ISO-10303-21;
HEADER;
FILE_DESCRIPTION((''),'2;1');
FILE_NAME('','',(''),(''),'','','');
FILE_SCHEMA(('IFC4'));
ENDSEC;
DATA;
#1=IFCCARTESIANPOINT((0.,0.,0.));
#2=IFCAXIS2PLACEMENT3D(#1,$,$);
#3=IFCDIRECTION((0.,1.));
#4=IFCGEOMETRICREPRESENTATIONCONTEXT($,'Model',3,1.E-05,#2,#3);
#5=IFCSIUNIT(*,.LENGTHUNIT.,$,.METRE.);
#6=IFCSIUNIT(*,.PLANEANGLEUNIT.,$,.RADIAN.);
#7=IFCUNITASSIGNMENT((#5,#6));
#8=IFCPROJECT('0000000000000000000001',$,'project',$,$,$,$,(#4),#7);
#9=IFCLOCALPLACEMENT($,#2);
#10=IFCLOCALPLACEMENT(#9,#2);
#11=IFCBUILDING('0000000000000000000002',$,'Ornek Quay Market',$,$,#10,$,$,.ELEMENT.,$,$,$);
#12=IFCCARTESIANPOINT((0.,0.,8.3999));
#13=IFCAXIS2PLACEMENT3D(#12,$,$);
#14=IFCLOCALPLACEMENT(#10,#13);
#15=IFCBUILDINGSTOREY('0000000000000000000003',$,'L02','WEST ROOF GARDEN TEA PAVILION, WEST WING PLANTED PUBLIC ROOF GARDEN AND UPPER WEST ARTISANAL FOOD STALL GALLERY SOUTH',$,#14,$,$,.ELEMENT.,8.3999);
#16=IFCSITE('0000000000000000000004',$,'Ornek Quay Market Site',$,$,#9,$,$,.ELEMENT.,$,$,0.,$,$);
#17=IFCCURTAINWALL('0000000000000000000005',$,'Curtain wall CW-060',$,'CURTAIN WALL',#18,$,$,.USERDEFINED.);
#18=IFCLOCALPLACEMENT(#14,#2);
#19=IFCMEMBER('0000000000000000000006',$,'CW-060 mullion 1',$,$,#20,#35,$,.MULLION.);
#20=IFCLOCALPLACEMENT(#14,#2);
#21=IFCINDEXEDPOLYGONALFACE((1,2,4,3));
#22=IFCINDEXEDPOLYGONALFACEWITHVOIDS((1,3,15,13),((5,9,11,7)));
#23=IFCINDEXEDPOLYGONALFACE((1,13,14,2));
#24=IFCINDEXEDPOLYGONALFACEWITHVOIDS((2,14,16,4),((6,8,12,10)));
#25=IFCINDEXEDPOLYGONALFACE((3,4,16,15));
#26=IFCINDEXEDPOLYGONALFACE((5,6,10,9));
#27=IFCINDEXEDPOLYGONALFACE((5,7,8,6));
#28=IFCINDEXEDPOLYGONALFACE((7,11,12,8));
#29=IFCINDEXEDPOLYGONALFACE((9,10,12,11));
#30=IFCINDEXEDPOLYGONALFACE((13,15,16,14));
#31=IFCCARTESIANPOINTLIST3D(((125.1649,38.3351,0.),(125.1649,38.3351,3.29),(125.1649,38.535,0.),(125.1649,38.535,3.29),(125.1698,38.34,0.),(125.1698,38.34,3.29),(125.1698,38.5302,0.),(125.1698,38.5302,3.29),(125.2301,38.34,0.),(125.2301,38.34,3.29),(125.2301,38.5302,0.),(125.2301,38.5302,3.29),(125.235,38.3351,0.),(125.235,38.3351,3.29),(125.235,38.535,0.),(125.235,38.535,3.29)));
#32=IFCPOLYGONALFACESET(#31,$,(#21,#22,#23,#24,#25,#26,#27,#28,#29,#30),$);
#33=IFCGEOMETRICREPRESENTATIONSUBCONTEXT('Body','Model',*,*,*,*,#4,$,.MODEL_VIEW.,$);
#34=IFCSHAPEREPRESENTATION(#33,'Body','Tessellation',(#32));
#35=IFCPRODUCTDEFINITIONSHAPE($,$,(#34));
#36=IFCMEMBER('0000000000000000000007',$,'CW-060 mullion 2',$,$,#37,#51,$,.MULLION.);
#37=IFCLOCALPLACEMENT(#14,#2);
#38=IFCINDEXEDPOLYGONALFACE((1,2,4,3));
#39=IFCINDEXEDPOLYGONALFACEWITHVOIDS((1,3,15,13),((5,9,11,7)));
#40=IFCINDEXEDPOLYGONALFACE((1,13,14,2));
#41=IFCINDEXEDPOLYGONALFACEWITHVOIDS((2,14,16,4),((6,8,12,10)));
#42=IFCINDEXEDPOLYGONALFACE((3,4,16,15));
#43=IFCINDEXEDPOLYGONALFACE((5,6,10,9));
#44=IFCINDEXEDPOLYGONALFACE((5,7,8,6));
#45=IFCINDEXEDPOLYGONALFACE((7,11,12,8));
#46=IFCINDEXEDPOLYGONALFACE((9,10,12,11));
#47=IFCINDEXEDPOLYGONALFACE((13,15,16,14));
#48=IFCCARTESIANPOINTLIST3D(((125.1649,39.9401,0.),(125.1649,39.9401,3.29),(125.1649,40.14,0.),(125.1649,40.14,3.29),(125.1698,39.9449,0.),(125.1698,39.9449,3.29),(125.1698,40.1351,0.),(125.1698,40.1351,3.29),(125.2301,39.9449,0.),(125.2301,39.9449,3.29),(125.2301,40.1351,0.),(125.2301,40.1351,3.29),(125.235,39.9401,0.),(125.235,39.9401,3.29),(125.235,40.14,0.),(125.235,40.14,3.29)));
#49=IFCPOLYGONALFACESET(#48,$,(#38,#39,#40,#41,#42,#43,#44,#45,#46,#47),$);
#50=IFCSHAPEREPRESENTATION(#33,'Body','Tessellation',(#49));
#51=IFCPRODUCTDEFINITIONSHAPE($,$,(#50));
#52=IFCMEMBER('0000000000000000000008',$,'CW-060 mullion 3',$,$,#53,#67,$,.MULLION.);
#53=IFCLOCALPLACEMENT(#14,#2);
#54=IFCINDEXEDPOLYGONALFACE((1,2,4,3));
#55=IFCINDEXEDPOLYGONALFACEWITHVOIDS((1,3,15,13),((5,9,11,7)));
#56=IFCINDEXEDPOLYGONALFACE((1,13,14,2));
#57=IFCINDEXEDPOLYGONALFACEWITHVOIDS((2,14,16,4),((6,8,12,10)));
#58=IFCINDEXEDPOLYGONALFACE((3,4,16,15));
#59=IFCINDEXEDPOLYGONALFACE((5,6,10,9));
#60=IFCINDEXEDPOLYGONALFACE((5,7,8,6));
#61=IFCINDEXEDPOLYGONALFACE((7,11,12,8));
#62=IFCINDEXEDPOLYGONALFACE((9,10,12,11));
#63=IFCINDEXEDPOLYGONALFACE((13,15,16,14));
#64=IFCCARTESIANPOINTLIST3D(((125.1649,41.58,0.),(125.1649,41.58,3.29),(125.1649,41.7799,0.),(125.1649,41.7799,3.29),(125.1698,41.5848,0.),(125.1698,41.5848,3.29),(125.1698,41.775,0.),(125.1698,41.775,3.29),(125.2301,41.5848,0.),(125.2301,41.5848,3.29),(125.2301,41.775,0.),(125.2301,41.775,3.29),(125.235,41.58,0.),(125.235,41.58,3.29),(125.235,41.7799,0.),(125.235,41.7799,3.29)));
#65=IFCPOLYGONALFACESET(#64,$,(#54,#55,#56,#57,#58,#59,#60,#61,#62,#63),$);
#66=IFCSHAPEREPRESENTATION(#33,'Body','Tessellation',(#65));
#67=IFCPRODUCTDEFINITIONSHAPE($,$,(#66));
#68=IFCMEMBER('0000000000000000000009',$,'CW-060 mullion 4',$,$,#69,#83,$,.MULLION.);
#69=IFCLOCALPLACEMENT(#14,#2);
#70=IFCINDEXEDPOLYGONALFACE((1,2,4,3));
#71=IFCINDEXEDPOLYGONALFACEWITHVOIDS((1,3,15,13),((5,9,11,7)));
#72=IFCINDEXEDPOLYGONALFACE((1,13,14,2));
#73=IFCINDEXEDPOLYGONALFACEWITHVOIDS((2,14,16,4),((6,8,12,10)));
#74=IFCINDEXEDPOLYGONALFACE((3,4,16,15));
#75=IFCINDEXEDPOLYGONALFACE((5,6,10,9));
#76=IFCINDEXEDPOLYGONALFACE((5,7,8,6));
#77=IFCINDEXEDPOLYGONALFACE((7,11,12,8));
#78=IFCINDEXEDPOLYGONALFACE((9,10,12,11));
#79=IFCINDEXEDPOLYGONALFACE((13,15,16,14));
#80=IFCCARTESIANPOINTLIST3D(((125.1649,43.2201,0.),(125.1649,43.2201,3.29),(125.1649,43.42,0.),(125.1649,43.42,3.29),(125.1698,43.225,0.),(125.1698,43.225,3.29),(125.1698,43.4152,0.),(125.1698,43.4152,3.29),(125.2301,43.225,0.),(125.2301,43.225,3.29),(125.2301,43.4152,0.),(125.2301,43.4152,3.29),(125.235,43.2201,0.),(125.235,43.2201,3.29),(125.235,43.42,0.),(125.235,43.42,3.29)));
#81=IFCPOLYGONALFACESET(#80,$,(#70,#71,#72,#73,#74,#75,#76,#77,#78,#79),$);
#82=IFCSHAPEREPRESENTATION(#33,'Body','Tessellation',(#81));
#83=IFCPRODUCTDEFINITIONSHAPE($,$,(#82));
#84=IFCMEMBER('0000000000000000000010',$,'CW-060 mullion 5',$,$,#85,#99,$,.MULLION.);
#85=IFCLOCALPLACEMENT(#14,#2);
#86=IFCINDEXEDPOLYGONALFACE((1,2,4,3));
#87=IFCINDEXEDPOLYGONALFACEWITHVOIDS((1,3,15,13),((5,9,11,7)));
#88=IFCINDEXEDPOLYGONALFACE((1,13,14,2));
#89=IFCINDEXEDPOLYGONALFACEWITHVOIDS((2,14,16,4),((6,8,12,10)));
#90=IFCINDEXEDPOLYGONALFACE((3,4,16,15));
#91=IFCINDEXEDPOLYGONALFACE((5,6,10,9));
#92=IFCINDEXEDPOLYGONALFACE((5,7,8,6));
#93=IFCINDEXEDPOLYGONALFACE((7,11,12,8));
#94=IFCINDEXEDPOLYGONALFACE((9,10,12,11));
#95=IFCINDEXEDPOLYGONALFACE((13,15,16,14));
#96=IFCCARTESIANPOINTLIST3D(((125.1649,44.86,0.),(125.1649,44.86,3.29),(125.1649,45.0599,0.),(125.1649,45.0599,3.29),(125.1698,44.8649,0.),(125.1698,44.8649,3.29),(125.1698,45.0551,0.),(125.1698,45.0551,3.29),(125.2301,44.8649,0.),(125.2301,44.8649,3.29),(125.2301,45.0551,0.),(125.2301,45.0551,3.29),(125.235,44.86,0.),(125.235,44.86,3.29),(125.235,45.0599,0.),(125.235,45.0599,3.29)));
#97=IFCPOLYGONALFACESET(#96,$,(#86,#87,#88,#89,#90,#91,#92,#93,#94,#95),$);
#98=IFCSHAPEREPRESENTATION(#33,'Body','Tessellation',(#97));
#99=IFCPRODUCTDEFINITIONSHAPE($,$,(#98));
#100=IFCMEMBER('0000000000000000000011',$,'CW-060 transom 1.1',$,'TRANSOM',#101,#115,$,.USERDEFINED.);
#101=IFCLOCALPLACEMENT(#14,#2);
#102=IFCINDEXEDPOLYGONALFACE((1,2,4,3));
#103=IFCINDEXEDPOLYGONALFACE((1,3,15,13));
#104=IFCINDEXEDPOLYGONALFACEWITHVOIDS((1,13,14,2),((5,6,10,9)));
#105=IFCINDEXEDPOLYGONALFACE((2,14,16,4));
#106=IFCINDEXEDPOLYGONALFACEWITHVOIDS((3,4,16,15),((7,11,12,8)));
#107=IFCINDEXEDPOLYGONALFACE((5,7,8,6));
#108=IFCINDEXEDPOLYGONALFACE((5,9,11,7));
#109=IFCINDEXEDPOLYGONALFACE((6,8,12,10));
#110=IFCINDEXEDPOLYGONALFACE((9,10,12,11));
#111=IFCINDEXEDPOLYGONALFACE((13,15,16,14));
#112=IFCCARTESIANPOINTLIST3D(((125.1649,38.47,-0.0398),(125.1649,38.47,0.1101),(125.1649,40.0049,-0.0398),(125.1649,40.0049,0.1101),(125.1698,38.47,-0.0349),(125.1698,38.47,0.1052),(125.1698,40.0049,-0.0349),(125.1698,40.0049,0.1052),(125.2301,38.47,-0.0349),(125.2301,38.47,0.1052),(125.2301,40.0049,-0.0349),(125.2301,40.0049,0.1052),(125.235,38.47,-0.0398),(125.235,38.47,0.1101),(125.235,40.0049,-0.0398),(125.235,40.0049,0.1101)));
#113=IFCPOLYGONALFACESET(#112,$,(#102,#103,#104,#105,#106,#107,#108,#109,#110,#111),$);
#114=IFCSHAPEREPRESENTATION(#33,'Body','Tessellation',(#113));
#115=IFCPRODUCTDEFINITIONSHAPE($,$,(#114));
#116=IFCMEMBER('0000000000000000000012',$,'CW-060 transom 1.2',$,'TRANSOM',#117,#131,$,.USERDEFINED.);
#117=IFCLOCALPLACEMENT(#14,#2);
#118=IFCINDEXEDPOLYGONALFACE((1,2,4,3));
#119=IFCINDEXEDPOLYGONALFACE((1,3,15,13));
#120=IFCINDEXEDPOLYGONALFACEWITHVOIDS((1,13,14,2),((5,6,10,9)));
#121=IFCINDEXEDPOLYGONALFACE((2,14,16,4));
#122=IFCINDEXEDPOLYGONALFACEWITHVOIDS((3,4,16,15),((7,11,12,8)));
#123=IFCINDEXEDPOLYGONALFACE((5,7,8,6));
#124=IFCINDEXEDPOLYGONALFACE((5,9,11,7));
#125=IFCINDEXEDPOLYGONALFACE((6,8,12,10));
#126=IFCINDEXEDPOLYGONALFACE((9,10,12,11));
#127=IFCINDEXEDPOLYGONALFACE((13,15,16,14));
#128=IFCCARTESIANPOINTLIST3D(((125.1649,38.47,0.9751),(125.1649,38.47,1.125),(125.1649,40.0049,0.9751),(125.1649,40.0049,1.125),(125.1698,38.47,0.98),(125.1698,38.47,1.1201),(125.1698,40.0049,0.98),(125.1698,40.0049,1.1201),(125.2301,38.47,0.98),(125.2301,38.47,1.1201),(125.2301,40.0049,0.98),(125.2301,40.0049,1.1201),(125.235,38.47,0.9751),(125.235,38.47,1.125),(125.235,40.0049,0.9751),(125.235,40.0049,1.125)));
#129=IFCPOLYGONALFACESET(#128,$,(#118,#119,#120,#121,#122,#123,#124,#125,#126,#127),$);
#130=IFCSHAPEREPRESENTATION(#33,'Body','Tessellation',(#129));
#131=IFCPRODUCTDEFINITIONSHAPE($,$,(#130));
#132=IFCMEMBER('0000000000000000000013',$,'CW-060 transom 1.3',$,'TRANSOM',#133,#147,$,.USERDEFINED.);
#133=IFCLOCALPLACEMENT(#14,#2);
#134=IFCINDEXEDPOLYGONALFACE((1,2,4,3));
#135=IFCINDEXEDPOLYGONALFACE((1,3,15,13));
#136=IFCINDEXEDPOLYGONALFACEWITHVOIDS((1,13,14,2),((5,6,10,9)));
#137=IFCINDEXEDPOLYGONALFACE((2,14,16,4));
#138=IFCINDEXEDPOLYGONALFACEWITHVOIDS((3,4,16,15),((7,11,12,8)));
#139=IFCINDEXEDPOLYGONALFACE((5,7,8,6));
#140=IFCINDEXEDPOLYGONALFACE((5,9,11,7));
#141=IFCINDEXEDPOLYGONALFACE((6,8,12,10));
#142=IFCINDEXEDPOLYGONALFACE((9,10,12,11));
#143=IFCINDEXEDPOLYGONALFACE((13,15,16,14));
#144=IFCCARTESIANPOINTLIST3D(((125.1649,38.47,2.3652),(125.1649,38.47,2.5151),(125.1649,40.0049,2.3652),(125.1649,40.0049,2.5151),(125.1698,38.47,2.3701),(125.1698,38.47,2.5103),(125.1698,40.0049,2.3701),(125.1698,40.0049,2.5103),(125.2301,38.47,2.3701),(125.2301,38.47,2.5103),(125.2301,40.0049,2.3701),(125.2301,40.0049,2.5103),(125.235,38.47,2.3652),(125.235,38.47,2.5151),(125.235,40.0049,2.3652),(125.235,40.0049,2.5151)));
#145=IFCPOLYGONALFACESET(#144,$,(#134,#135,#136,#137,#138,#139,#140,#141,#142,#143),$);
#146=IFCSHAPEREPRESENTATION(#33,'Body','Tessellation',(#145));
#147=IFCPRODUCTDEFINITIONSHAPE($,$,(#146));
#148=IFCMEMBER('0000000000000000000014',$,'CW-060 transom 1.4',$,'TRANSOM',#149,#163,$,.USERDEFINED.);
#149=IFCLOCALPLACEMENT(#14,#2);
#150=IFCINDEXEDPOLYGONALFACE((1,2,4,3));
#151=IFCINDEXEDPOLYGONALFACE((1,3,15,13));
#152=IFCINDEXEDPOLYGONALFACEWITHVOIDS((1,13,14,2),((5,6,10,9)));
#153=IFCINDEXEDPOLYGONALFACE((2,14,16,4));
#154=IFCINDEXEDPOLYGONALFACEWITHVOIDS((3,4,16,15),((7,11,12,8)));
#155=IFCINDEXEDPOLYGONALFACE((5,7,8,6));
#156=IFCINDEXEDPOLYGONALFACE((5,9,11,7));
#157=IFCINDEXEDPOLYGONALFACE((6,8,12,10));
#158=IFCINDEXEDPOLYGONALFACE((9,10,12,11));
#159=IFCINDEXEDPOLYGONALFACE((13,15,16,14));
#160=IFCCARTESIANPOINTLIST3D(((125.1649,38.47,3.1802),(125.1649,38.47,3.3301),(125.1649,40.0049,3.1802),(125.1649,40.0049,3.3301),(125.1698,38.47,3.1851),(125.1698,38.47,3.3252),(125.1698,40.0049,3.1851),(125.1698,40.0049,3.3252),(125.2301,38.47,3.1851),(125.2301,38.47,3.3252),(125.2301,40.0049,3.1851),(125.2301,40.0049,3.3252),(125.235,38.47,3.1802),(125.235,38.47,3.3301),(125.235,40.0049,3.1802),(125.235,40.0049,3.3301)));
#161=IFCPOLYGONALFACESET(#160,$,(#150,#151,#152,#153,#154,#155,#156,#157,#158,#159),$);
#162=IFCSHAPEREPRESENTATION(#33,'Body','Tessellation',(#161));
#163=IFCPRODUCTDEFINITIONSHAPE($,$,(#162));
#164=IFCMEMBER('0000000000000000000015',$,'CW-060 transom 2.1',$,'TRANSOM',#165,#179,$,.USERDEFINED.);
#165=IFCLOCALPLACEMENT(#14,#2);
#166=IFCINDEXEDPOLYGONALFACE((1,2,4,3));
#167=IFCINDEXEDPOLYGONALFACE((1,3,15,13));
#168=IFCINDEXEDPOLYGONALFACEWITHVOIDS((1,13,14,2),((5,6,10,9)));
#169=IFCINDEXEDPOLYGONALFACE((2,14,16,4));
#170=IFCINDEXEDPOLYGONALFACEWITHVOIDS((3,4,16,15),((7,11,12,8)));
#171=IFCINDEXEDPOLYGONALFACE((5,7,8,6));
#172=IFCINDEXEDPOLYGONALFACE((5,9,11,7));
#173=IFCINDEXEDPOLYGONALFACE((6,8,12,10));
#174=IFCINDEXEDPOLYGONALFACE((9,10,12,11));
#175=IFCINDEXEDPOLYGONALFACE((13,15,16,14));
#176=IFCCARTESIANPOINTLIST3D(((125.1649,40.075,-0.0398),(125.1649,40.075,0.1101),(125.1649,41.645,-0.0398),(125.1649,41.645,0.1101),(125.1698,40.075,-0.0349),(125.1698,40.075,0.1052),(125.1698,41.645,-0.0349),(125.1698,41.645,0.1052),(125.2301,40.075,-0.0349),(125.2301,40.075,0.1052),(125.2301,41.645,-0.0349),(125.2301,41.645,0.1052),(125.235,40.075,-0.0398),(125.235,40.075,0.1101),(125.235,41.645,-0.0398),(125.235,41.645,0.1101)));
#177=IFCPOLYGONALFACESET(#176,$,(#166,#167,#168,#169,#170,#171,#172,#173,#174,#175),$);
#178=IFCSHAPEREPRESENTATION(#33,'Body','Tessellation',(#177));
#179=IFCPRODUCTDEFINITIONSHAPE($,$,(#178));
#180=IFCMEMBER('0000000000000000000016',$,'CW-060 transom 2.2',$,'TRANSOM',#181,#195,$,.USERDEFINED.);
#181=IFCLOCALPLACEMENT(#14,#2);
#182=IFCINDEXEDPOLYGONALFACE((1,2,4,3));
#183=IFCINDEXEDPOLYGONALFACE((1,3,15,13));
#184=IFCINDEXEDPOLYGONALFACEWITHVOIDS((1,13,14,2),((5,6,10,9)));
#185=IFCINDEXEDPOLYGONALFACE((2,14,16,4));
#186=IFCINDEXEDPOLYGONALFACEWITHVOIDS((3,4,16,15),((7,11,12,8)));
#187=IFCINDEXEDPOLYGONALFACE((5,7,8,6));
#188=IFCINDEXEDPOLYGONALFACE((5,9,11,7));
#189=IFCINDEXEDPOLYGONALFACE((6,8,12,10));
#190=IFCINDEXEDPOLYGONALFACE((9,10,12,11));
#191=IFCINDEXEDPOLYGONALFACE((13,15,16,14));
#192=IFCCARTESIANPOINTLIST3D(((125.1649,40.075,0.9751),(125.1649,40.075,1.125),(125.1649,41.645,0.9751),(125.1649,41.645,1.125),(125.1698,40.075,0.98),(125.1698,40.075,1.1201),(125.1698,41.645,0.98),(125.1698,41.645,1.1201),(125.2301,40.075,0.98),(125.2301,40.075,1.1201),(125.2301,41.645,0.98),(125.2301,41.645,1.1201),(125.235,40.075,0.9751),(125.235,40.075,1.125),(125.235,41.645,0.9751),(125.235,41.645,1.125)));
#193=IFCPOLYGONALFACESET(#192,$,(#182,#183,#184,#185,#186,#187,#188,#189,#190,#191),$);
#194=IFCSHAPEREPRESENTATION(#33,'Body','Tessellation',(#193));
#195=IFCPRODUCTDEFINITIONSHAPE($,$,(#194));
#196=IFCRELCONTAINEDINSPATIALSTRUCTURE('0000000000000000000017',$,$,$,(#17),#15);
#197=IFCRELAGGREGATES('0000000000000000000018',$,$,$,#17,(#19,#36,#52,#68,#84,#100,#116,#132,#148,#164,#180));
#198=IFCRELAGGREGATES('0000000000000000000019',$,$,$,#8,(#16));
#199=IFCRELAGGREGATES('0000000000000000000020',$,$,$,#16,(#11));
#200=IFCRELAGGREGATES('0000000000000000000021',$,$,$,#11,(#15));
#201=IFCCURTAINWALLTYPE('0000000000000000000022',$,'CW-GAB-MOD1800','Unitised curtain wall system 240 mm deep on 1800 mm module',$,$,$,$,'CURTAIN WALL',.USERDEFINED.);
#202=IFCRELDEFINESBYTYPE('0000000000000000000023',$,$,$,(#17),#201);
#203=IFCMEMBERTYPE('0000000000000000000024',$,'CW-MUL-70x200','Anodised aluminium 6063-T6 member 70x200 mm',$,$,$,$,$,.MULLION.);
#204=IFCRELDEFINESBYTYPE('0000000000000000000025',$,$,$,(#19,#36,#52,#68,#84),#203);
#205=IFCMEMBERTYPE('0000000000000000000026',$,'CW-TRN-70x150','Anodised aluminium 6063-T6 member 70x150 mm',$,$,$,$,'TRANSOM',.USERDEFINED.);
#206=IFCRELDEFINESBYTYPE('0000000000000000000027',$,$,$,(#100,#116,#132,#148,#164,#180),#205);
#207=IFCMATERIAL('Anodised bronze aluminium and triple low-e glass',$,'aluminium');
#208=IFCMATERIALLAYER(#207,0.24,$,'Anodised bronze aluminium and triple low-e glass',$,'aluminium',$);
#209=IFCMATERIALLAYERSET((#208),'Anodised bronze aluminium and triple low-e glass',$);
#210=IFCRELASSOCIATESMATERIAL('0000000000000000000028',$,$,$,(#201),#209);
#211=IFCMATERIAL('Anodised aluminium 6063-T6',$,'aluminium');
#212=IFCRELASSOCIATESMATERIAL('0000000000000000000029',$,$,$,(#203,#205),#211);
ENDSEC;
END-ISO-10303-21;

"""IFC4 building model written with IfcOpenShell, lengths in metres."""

from ifc_helpers import new_model, si_unit, direction, frame, origin, origin_2d, place, context, subcontext, project, spatial, hollow_rectangle, extrude, material, layer, layer_set, material_profile, profile_set, type_object, element, aggregate, save


model = new_model("IFC4")

# Units and contexts
model_context = context("Model", 3, precision=1e-05, world=origin(), true_north=direction((0.0, 1.0)))
body_context = subcontext(model_context, "Body", "Model", "MODEL_VIEW")
ifc_project = project(units=[si_unit("LENGTHUNIT", "METRE"), si_unit("PLANEANGLEUNIT", "RADIAN")], contexts=[model_context])

# Site, building, storey
site_placement = place(None, origin())
site = spatial("IfcSite", under=ifc_project, at=site_placement, Name="Ornek Quay Market Site", CompositionType="ELEMENT", RefElevation=0.0)
building_placement = place(site_placement, origin())
building = spatial("IfcBuilding", under=site, at=building_placement, Name="Ornek Quay Market", CompositionType="ELEMENT")
storey_placement = place(building_placement, frame((0.0, 0.0, 8.3999)))
storey = spatial("IfcBuildingStorey", under=building, at=storey_placement, Name="L02", Description="WEST ROOF GARDEN TEA PAVILION, WEST WING PLANTED PUBLIC ROOF GARDEN AND UPPER WEST ARTISANAL FOOD STALL GALLERY SOUTH", CompositionType="ELEMENT", Elevation=8.3999)

# Curtain wall, members
ifc_material_1 = material(Name="Anodised bronze aluminium and triple low-e glass", Category="aluminium")
ifc_layer_1 = layer(ifc_material_1, 0.24, Name="Anodised bronze aluminium and triple low-e glass", Category="aluminium")
ifc_layer_set_1 = layer_set([ifc_layer_1], Name="Anodised bronze aluminium and triple low-e glass")
curtain_wall_type = type_object("IfcCurtainWallType", Name="CW-GAB-MOD1800", Description="Unitised curtain wall system 240 mm deep on 1800 mm module", ElementType="CURTAIN WALL", PredefinedType="USERDEFINED", material=ifc_layer_set_1)
curtain_wall_placement = place(storey_placement, origin())
curtain_wall = element("IfcCurtainWall", 1, at=curtain_wall_placement, inside=storey, type_object=curtain_wall_type, Name="Curtain wall CW-060", ObjectType="CURTAIN WALL", PredefinedType="USERDEFINED")
ifc_material_2 = material(Name="Anodised aluminium 6063-T6", Category="aluminium")
ifc_material_profile_1 = material_profile(ifc_material_2, hollow_rectangle(XDim=0.0701, YDim=0.2, WallThickness=0.0049, at=origin_2d()), Name="CW-MUL-70x200", Category="aluminium")
ifc_profile_set_1 = profile_set([ifc_material_profile_1], Name="Anodised aluminium 6063-T6")
member_type_1 = type_object("IfcMemberType", Name="CW-MUL-70x200", Description="Anodised aluminium 6063-T6 member 70x200 mm", PredefinedType="MULLION", material=ifc_profile_set_1)
member_1_placement = place(storey_placement, frame((125.2, 38.4351, 0.0), z_axis=(0.0, 0.0, 1.0), x_axis=(-1.0, 0.0, 0.0)))
member_1 = element("IfcMember", 2, at=member_1_placement, type_object=member_type_1, Name="CW-060 mullion 1", PredefinedType="MULLION", context=body_context, shape_type="SweptSolid", body=[
    extrude(hollow_rectangle(XDim=0.0701, YDim=0.2, WallThickness=0.0049, at=origin_2d()), origin(), (0.0, 0.0, 1.0), 3.29),
])
member_2_placement = place(storey_placement, frame((125.2, 40.04, 0.0), z_axis=(0.0, 0.0, 1.0), x_axis=(-1.0, 0.0, 0.0)))
member_2 = element("IfcMember", 3, at=member_2_placement, type_object=member_type_1, Name="CW-060 mullion 2", PredefinedType="MULLION", context=body_context, shape_type="SweptSolid", body=[
    extrude(hollow_rectangle(XDim=0.0701, YDim=0.2, WallThickness=0.0049, at=origin_2d()), origin(), (0.0, 0.0, 1.0), 3.29),
])
member_3_placement = place(storey_placement, frame((125.2, 41.6799, 0.0), z_axis=(0.0, 0.0, 1.0), x_axis=(-1.0, 0.0, 0.0)))
member_3 = element("IfcMember", 4, at=member_3_placement, type_object=member_type_1, Name="CW-060 mullion 3", PredefinedType="MULLION", context=body_context, shape_type="SweptSolid", body=[
    extrude(hollow_rectangle(XDim=0.0701, YDim=0.2, WallThickness=0.0049, at=origin_2d()), origin(), (0.0, 0.0, 1.0), 3.29),
])
member_4_placement = place(storey_placement, frame((125.2, 43.3201, 0.0), z_axis=(0.0, 0.0, 1.0), x_axis=(-1.0, 0.0, 0.0)))
member_4 = element("IfcMember", 5, at=member_4_placement, type_object=member_type_1, Name="CW-060 mullion 4", PredefinedType="MULLION", context=body_context, shape_type="SweptSolid", body=[
    extrude(hollow_rectangle(XDim=0.0701, YDim=0.2, WallThickness=0.0049, at=origin_2d()), origin(), (0.0, 0.0, 1.0), 3.29),
])
member_5_placement = place(storey_placement, frame((125.2, 44.96, 0.0), z_axis=(0.0, 0.0, 1.0), x_axis=(-1.0, 0.0, 0.0)))
member_5 = element("IfcMember", 6, at=member_5_placement, type_object=member_type_1, Name="CW-060 mullion 5", PredefinedType="MULLION", context=body_context, shape_type="SweptSolid", body=[
    extrude(hollow_rectangle(XDim=0.0701, YDim=0.2, WallThickness=0.0049, at=origin_2d()), origin(), (0.0, 0.0, 1.0), 3.29),
])
ifc_material_profile_2 = material_profile(ifc_material_2, hollow_rectangle(XDim=0.0701, YDim=0.1499, WallThickness=0.0049, at=origin_2d()), Name="CW-TRN-70x150", Category="aluminium")
ifc_profile_set_2 = profile_set([ifc_material_profile_2], Name="Anodised aluminium 6063-T6")
member_type_2 = type_object("IfcMemberType", Name="CW-TRN-70x150", Description="Anodised aluminium 6063-T6 member 70x150 mm", ElementType="TRANSOM", PredefinedType="USERDEFINED", material=ifc_profile_set_2)
member_6_placement = place(storey_placement, frame((125.2, 38.47, 0.0352), z_axis=(0.0, 1.0, 0.0), x_axis=(-1.0, 0.0, 0.0)))
member_6 = element("IfcMember", 7, at=member_6_placement, type_object=member_type_2, Name="CW-060 transom 1.1", ObjectType="TRANSOM", PredefinedType="USERDEFINED", context=body_context, shape_type="SweptSolid", body=[
    extrude(hollow_rectangle(XDim=0.0701, YDim=0.1499, WallThickness=0.0049, at=origin_2d()), origin(), (0.0, 0.0, 1.0), 1.5349),
])
member_7_placement = place(storey_placement, frame((125.2, 38.47, 1.05), z_axis=(0.0, 1.0, 0.0), x_axis=(-1.0, 0.0, 0.0)))
member_7 = element("IfcMember", 8, at=member_7_placement, type_object=member_type_2, Name="CW-060 transom 1.2", ObjectType="TRANSOM", PredefinedType="USERDEFINED", context=body_context, shape_type="SweptSolid", body=[
    extrude(hollow_rectangle(XDim=0.0701, YDim=0.1499, WallThickness=0.0049, at=origin_2d()), origin(), (0.0, 0.0, 1.0), 1.5349),
])
member_8_placement = place(storey_placement, frame((125.2, 38.47, 2.4402), z_axis=(0.0, 1.0, 0.0), x_axis=(-1.0, 0.0, 0.0)))
member_8 = element("IfcMember", 9, at=member_8_placement, type_object=member_type_2, Name="CW-060 transom 1.3", ObjectType="TRANSOM", PredefinedType="USERDEFINED", context=body_context, shape_type="SweptSolid", body=[
    extrude(hollow_rectangle(XDim=0.0701, YDim=0.1499, WallThickness=0.0049, at=origin_2d()), origin(), (0.0, 0.0, 1.0), 1.5349),
])
member_9_placement = place(storey_placement, frame((125.2, 38.47, 3.2551), z_axis=(0.0, 1.0, 0.0), x_axis=(-1.0, 0.0, 0.0)))
member_9 = element("IfcMember", 10, at=member_9_placement, type_object=member_type_2, Name="CW-060 transom 1.4", ObjectType="TRANSOM", PredefinedType="USERDEFINED", context=body_context, shape_type="SweptSolid", body=[
    extrude(hollow_rectangle(XDim=0.0701, YDim=0.1499, WallThickness=0.0049, at=origin_2d()), origin(), (0.0, 0.0, 1.0), 1.5349),
])
member_10_placement = place(storey_placement, frame((125.2, 40.075, 0.0352), z_axis=(0.0, 1.0, 0.0), x_axis=(-1.0, 0.0, 0.0)))
member_10 = element("IfcMember", 11, at=member_10_placement, type_object=member_type_2, Name="CW-060 transom 2.1", ObjectType="TRANSOM", PredefinedType="USERDEFINED", context=body_context, shape_type="SweptSolid", body=[
    extrude(hollow_rectangle(XDim=0.0701, YDim=0.1499, WallThickness=0.0049, at=origin_2d()), origin(), (0.0, 0.0, 1.0), 1.5701),
])
member_11_placement = place(storey_placement, frame((125.2, 40.075, 1.05), z_axis=(0.0, 1.0, 0.0), x_axis=(-1.0, 0.0, 0.0)))
member_11 = element("IfcMember", 12, at=member_11_placement, type_object=member_type_2, Name="CW-060 transom 2.2", ObjectType="TRANSOM", PredefinedType="USERDEFINED", context=body_context, shape_type="SweptSolid", body=[
    extrude(hollow_rectangle(XDim=0.0701, YDim=0.1499, WallThickness=0.0049, at=origin_2d()), origin(), (0.0, 0.0, 1.0), 1.5701),
])
aggregate(curtain_wall, [member_1, member_2, member_3, member_4, member_5, member_6, member_7, member_8, member_9, member_10, member_11])

save(model, "model.ifc")
